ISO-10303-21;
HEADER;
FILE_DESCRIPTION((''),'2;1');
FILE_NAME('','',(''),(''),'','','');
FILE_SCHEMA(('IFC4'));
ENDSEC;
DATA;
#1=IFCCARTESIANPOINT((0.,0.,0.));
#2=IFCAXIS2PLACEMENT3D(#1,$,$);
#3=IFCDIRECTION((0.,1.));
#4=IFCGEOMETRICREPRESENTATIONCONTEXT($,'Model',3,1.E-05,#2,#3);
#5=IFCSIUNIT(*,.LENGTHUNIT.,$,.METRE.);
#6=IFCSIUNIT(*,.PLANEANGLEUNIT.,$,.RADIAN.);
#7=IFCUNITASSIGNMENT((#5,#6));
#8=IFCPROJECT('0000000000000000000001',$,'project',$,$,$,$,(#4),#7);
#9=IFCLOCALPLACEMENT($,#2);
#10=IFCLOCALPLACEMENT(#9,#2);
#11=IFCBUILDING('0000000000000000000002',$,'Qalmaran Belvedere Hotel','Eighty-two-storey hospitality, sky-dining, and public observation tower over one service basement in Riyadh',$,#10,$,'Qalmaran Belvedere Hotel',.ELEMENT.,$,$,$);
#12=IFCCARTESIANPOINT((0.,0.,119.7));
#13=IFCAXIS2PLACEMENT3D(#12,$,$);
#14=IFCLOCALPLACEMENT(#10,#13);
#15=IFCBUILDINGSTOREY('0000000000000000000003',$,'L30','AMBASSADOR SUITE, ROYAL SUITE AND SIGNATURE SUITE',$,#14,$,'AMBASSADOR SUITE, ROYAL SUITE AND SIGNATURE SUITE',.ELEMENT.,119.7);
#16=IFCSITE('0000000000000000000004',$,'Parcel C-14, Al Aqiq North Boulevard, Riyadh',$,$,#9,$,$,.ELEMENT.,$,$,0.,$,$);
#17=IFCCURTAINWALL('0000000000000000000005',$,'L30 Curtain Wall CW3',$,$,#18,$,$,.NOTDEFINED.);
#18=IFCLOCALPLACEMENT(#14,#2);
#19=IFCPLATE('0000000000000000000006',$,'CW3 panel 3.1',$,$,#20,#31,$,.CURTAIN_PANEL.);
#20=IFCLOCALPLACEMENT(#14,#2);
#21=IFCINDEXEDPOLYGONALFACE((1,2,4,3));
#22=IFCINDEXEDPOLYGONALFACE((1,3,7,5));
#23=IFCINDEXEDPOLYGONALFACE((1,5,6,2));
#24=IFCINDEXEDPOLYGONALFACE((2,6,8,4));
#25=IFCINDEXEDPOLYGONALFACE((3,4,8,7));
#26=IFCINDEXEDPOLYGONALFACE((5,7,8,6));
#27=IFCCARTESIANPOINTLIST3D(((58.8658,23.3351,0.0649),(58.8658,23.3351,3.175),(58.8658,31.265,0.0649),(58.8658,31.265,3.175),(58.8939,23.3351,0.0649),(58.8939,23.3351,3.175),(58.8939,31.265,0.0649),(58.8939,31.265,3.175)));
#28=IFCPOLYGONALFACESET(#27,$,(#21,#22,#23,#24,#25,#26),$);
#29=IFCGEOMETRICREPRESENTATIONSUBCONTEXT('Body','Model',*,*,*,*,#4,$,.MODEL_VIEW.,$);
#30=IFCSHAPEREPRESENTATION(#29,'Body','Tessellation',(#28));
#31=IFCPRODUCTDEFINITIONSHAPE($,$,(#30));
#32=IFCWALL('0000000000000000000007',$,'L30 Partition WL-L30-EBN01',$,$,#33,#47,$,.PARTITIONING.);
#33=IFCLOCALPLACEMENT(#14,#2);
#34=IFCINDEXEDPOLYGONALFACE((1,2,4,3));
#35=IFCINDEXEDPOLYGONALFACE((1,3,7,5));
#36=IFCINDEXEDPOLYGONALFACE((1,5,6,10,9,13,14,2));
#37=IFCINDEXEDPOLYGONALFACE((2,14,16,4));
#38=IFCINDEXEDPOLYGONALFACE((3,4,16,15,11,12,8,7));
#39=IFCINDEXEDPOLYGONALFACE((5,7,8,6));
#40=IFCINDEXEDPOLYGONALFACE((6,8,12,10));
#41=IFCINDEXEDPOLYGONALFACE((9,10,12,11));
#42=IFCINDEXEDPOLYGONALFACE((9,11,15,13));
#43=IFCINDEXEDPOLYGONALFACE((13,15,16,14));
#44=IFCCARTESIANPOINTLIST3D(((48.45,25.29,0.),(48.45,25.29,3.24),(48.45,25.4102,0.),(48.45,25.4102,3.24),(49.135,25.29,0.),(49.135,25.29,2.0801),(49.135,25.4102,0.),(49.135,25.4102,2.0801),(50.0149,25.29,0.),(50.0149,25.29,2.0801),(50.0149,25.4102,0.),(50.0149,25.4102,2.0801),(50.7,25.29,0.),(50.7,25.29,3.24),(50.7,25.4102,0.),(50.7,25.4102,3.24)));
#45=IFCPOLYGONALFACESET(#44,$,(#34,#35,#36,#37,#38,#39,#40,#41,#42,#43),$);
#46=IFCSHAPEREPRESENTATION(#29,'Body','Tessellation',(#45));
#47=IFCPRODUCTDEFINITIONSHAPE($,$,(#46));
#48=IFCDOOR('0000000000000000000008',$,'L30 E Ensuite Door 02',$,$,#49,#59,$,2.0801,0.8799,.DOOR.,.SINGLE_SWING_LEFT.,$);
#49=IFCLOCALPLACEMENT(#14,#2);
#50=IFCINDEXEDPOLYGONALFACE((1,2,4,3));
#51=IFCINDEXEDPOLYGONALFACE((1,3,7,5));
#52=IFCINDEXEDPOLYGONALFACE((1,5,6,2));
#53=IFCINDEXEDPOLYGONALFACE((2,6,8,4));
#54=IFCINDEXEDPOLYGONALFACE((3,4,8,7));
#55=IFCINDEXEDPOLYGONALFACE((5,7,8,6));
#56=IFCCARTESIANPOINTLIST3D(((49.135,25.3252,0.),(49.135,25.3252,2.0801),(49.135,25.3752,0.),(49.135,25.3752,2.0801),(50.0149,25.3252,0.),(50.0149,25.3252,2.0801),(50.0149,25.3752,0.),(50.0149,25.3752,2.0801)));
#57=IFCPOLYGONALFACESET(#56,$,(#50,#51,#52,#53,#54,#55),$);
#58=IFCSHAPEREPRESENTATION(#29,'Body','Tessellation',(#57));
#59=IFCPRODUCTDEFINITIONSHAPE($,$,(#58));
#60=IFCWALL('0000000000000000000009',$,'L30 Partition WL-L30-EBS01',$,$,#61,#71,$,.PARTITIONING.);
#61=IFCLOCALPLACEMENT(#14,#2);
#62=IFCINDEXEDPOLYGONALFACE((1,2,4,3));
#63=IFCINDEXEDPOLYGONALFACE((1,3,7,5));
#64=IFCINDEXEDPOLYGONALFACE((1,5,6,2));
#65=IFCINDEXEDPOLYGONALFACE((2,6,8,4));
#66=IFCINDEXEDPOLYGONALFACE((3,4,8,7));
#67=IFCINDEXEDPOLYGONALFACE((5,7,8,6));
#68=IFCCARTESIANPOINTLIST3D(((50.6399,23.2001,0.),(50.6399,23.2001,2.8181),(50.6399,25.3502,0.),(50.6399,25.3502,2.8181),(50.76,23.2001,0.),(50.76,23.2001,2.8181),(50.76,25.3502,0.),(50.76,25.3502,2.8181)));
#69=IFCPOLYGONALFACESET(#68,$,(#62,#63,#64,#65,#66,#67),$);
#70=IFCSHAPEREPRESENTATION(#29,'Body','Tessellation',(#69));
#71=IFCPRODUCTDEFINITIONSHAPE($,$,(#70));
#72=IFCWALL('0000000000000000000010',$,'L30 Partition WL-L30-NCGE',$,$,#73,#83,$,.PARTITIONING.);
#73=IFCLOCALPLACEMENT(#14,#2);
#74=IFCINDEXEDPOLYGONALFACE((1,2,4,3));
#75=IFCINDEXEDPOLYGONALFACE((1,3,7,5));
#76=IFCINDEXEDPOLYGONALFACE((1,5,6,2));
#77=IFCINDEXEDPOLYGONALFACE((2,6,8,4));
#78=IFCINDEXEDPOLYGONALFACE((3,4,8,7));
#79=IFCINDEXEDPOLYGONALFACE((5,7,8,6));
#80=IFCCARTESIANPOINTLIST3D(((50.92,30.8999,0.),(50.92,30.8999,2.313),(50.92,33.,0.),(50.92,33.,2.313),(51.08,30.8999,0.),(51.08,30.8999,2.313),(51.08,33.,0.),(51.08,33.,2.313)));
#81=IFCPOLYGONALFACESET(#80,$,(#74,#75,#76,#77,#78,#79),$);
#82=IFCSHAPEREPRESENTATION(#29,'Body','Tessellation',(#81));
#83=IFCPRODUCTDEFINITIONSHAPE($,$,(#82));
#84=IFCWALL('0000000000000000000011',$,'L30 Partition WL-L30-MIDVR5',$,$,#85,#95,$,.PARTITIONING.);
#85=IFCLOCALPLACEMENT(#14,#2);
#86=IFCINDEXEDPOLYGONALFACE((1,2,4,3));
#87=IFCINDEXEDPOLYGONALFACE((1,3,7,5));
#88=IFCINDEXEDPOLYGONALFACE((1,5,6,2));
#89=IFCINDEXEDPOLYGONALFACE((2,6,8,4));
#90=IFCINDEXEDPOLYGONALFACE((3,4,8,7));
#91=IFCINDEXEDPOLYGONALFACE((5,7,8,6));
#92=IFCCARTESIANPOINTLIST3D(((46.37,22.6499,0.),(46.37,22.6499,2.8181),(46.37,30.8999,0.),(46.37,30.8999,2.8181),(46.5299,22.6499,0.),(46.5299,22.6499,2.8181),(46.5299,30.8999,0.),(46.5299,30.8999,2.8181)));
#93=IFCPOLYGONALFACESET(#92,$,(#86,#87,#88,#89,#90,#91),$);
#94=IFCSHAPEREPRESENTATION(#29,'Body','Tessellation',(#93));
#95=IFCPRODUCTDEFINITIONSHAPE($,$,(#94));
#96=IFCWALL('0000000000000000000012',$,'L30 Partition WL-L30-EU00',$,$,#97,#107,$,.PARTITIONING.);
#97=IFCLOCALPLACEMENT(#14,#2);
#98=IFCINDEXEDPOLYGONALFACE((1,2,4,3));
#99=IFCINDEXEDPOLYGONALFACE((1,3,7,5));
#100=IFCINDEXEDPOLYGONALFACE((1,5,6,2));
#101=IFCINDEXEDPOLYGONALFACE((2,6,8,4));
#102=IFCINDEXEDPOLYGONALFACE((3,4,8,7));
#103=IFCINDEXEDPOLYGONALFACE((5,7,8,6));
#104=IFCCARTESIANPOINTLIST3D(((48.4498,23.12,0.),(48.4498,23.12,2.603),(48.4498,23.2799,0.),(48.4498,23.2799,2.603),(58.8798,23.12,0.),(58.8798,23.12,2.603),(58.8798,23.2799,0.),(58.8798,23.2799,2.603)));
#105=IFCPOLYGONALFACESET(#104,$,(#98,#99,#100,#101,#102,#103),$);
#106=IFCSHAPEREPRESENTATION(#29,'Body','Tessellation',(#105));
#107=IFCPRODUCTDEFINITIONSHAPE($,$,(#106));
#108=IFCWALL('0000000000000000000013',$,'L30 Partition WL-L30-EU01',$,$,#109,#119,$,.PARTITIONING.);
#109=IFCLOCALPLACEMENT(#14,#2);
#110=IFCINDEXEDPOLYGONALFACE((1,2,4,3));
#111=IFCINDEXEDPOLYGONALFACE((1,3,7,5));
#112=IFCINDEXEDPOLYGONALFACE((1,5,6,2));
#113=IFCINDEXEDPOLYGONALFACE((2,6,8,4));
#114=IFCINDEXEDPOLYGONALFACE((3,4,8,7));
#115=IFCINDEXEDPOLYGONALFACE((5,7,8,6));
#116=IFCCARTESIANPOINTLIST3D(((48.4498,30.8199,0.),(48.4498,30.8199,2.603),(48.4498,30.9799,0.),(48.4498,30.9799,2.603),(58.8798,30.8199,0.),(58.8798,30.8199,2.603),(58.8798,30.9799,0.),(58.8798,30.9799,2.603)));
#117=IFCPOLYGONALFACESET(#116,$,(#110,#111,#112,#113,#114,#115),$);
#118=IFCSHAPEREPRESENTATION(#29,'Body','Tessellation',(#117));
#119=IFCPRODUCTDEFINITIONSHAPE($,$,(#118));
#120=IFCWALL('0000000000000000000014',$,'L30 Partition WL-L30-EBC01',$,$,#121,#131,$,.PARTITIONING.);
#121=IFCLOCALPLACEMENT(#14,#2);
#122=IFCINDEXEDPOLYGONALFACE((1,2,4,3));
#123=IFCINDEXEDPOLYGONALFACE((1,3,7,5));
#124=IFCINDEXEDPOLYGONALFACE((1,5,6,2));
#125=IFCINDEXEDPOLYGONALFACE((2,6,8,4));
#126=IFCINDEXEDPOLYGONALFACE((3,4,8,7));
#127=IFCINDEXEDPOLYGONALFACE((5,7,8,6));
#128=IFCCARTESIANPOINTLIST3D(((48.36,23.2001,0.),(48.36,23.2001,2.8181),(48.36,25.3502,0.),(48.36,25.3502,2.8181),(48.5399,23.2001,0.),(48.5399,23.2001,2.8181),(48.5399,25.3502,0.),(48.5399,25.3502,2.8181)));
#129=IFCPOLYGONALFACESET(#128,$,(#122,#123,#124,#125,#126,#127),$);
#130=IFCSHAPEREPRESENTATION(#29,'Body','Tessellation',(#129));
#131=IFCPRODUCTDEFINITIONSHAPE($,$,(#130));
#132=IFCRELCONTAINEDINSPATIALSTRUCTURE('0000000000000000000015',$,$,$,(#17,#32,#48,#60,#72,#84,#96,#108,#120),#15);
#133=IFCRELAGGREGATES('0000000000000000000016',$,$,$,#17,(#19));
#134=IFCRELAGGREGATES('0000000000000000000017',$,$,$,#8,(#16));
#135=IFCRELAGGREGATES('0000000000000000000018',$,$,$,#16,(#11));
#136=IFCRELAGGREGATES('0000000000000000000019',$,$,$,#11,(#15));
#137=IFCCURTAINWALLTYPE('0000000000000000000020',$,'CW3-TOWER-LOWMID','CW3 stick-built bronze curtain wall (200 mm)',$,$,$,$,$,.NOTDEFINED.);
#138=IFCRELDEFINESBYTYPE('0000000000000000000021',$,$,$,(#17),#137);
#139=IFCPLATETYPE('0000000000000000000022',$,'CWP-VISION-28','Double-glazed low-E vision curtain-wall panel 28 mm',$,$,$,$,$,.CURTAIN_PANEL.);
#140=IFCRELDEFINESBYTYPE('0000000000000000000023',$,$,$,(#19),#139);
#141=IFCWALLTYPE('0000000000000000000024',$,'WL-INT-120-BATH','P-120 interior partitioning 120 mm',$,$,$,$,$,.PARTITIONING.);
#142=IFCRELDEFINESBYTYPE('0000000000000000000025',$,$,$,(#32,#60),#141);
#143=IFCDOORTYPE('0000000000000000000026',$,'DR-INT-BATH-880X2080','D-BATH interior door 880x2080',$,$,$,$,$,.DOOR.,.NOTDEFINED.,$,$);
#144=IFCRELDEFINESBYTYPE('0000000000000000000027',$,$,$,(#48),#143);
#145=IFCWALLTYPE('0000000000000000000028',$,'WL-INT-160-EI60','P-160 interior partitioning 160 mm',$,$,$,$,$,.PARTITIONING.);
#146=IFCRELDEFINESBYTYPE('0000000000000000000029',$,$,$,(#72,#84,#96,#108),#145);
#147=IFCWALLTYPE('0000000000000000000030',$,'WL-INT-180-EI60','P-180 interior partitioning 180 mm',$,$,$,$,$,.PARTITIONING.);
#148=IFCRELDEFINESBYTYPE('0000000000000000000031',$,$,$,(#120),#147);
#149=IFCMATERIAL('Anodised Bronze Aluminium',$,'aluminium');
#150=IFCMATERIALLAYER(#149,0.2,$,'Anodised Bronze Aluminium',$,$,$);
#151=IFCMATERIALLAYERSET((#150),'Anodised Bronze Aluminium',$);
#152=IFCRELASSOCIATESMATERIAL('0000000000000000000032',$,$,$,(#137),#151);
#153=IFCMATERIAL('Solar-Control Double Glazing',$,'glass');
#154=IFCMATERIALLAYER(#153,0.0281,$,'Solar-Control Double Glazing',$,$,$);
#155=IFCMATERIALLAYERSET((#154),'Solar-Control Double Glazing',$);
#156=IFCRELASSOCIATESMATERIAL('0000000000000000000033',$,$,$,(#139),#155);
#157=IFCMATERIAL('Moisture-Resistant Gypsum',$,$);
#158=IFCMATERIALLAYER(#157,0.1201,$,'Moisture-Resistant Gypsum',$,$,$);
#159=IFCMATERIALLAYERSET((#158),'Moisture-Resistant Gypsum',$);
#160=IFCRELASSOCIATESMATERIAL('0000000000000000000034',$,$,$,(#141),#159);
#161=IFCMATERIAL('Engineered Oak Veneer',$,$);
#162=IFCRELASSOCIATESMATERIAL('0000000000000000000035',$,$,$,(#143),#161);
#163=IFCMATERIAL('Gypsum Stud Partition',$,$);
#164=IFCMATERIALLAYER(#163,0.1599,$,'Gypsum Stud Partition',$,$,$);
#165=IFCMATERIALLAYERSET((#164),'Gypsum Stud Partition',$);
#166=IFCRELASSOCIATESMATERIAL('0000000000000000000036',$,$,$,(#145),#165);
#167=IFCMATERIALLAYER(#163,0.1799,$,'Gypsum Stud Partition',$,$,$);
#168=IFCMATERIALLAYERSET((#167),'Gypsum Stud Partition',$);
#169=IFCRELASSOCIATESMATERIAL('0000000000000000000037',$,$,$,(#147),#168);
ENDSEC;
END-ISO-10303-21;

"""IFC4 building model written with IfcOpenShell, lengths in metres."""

from ifc_helpers import new_model, si_unit, direction, frame, frame_2d, origin, origin_2d, place, context, subcontext, project, spatial, rectangle, extrude, material, layer, layer_set, type_object, element, fill, aggregate, save


model = new_model("IFC4")

# Units and contexts
model_context = context("Model", 3, precision=1e-05, world=origin(), true_north=direction((0.0, 1.0)))
body_context = subcontext(model_context, "Body", "Model", "MODEL_VIEW")
ifc_project = project(units=[si_unit("LENGTHUNIT", "METRE"), si_unit("PLANEANGLEUNIT", "RADIAN")], contexts=[model_context])

# Site, building, storey
site_placement = place(None, origin())
site = spatial("IfcSite", under=ifc_project, at=site_placement, Name="Parcel C-14, Al Aqiq North Boulevard, Riyadh", CompositionType="ELEMENT", RefElevation=0.0)
building_placement = place(site_placement, origin())
building = spatial("IfcBuilding", under=site, at=building_placement, Name="Qalmaran Belvedere Hotel", Description="Eighty-two-storey hospitality, sky-dining, and public observation tower over one service basement in Riyadh", LongName="Qalmaran Belvedere Hotel", CompositionType="ELEMENT")
storey_placement = place(building_placement, frame((0.0, 0.0, 119.7)))
storey = spatial("IfcBuildingStorey", under=building, at=storey_placement, Name="L30", Description="AMBASSADOR SUITE, ROYAL SUITE AND SIGNATURE SUITE", LongName="AMBASSADOR SUITE, ROYAL SUITE AND SIGNATURE SUITE", CompositionType="ELEMENT", Elevation=119.7)

# Curtain wall, plate
ifc_material_1 = material(Name="Anodised Bronze Aluminium", Category="aluminium")
ifc_layer_1 = layer(ifc_material_1, 0.2, Name="Anodised Bronze Aluminium")
ifc_layer_set_1 = layer_set([ifc_layer_1], Name="Anodised Bronze Aluminium")
curtain_wall_type = type_object("IfcCurtainWallType", Name="CW3-TOWER-LOWMID", Description="CW3 stick-built bronze curtain wall (200 mm)", PredefinedType="NOTDEFINED", material=ifc_layer_set_1)
curtain_wall_placement = place(storey_placement, origin())
curtain_wall = element("IfcCurtainWall", 1, at=curtain_wall_placement, inside=storey, type_object=curtain_wall_type, Name="L30 Curtain Wall CW3", PredefinedType="NOTDEFINED")
ifc_material_2 = material(Name="Solar-Control Double Glazing", Category="glass")
ifc_layer_2 = layer(ifc_material_2, 0.0281, Name="Solar-Control Double Glazing")
ifc_layer_set_2 = layer_set([ifc_layer_2], Name="Solar-Control Double Glazing")
plate_type = type_object("IfcPlateType", Name="CWP-VISION-28", Description="Double-glazed low-E vision curtain-wall panel 28 mm", PredefinedType="CURTAIN_PANEL", material=ifc_layer_set_2)
plate_placement = place(storey_placement, frame((58.8799, 27.3, 0.0649), z_axis=(0.0, 0.0, 1.0), x_axis=(0.0, 1.0, 0.0)))
plate = element("IfcPlate", 2, at=plate_placement, type_object=plate_type, Name="CW3 panel 3.1", PredefinedType="CURTAIN_PANEL", context=body_context, shape_type="SweptSolid", body=[
    extrude(rectangle(XDim=7.9299, YDim=0.0281, at=origin_2d()), origin(), (0.0, 0.0, 1.0), 3.1101),
])
aggregate(curtain_wall, [plate])

# Wall, opening, door
ifc_material_3 = material(Name="Moisture-Resistant Gypsum")
ifc_layer_3 = layer(ifc_material_3, 0.1201, Name="Moisture-Resistant Gypsum")
ifc_layer_set_3 = layer_set([ifc_layer_3], Name="Moisture-Resistant Gypsum")
wall_type_1 = type_object("IfcWallType", Name="WL-INT-120-BATH", Description="P-120 interior partitioning 120 mm", PredefinedType="PARTITIONING", material=ifc_layer_set_3)
wall_1_placement = place(storey_placement, frame((48.45, 25.3501, 0.0), z_axis=(0.0, 0.0, 1.0), x_axis=(1.0, 0.0, 0.0)))
wall_1 = element("IfcWall", 3, at=wall_1_placement, inside=storey, type_object=wall_type_1, Name="L30 Partition WL-L30-EBN01", PredefinedType="PARTITIONING", context=body_context, shape_type="SweptSolid", body=[
    extrude(rectangle(XDim=2.25, YDim=0.1201, at=frame_2d((1.125, 0.0))), origin(), (0.0, 0.0, 1.0), 3.24),
])
opening_1_placement = place(wall_1_placement, frame((1.5649, 0.0, 0.0), z_axis=(0.0, 0.0, 1.0), x_axis=(-1.0, 0.0, 0.0)))
opening_1 = element("IfcOpeningElement", 4, at=opening_1_placement, cuts=wall_1, PredefinedType="OPENING", context=body_context, shape_type="SweptSolid", body=[
    extrude(rectangle(XDim=0.8799, YDim=2.0801, at=frame_2d((0.4399, 1.04))), frame((0.0, 0.0701, 0.0), z_axis=(0.0, -1.0, 0.0), x_axis=(1.0, 0.0, 0.0)), (0.0, 0.0, 1.0), 0.1401),
])
ifc_material_4 = material(Name="Engineered Oak Veneer")
door_type_1 = type_object("IfcDoorType", Name="DR-INT-BATH-880X2080", Description="D-BATH interior door 880x2080", OperationType="NOTDEFINED", PredefinedType="DOOR", material=ifc_material_4)
door_1_placement = place(opening_1_placement, origin())
door_1 = element("IfcDoor", 5, at=door_1_placement, inside=storey, type_object=door_type_1, Name="L30 E Ensuite Door 02", OperationType="SINGLE_SWING_LEFT", OverallHeight=2.0801, OverallWidth=0.8799, PredefinedType="DOOR", context=body_context, shape_type="SweptSolid", body=[
    extrude(rectangle(XDim=0.8799, YDim=2.0801, at=frame_2d((0.4399, 1.04))), frame((0.0, 0.0249, 0.0), z_axis=(0.0, -1.0, 0.0), x_axis=(1.0, 0.0, 0.0)), (0.0, 0.0, 1.0), 0.05),
])
fill(opening_1, door_1)

# Wall
wall_2_placement = place(storey_placement, frame((50.7, 23.2, 0.0), z_axis=(0.0, 0.0, 1.0), x_axis=(0.0, 1.0, 0.0)))
element("IfcWall", 6, at=wall_2_placement, inside=storey, type_object=wall_type_1, Name="L30 Partition WL-L30-EBS01", PredefinedType="PARTITIONING", context=body_context, shape_type="SweptSolid", body=[
    extrude(rectangle(XDim=2.1501, YDim=0.1201, at=frame_2d((1.0752, 0.0))), origin(), (0.0, 0.0, 1.0), 2.8181),
])

# Shared definitions
ifc_material_5 = material(Name="Gypsum Stud Partition")

# Walls
ifc_layer_4 = layer(ifc_material_5, 0.1599, Name="Gypsum Stud Partition")
ifc_layer_set_4 = layer_set([ifc_layer_4], Name="Gypsum Stud Partition")
wall_type_2 = type_object("IfcWallType", Name="WL-INT-160-EI60", Description="P-160 interior partitioning 160 mm", PredefinedType="PARTITIONING", material=ifc_layer_set_4)
wall_3_placement = place(storey_placement, frame((51.0, 30.8999, 0.0), z_axis=(0.0, 0.0, 1.0), x_axis=(0.0, 1.0, 0.0)))
element("IfcWall", 7, at=wall_3_placement, inside=storey, type_object=wall_type_2, Name="L30 Partition WL-L30-NCGE", PredefinedType="PARTITIONING", context=body_context, shape_type="SweptSolid", body=[
    extrude(rectangle(XDim=2.1001, YDim=0.1599, at=frame_2d((1.05, 0.0))), origin(), (0.0, 0.0, 1.0), 2.313),
])
wall_4_placement = place(storey_placement, frame((46.45, 22.6499, 0.0), z_axis=(0.0, 0.0, 1.0), x_axis=(0.0, 1.0, 0.0)))
element("IfcWall", 8, at=wall_4_placement, inside=storey, type_object=wall_type_2, Name="L30 Partition WL-L30-MIDVR5", PredefinedType="PARTITIONING", context=body_context, shape_type="SweptSolid", body=[
    extrude(rectangle(XDim=8.25, YDim=0.1599, at=frame_2d((4.125, 0.0))), origin(), (0.0, 0.0, 1.0), 2.8181),
])
for number, where, z_axis, x_axis, name in (
    (9, (48.45, 23.2, 0.0), (0.0, 0.0, 1.0), (1.0, 0.0, 0.0), "L30 Partition WL-L30-EU00"),
    (10, (48.45, 30.8999, 0.0), (0.0, 0.0, 1.0), (1.0, 0.0, 0.0), "L30 Partition WL-L30-EU01"),
):
    element("IfcWall", number, at=place(storey_placement, frame(where, z_axis=z_axis, x_axis=x_axis)), inside=storey, type_object=wall_type_2, Name=name, PredefinedType="PARTITIONING", context=body_context, shape_type="SweptSolid", body=[
        extrude(rectangle(XDim=10.4299, YDim=0.1599, at=frame_2d((5.2148, 0.0))), origin(), (0.0, 0.0, 1.0), 2.603),
    ])
ifc_layer_5 = layer(ifc_material_5, 0.1799, Name="Gypsum Stud Partition")
ifc_layer_set_5 = layer_set([ifc_layer_5], Name="Gypsum Stud Partition")
wall_type_3 = type_object("IfcWallType", Name="WL-INT-180-EI60", Description="P-180 interior partitioning 180 mm", PredefinedType="PARTITIONING", material=ifc_layer_set_5)
wall_5_placement = place(storey_placement, frame((48.45, 23.2, 0.0), z_axis=(0.0, 0.0, 1.0), x_axis=(0.0, 1.0, 0.0)))
element("IfcWall", 11, at=wall_5_placement, inside=storey, type_object=wall_type_3, Name="L30 Partition WL-L30-EBC01", PredefinedType="PARTITIONING", context=body_context, shape_type="SweptSolid", body=[
    extrude(rectangle(XDim=2.1501, YDim=0.1799, at=frame_2d((1.0752, 0.0))), origin(), (0.0, 0.0, 1.0), 2.8181),
])

save(model, "model.ifc")
